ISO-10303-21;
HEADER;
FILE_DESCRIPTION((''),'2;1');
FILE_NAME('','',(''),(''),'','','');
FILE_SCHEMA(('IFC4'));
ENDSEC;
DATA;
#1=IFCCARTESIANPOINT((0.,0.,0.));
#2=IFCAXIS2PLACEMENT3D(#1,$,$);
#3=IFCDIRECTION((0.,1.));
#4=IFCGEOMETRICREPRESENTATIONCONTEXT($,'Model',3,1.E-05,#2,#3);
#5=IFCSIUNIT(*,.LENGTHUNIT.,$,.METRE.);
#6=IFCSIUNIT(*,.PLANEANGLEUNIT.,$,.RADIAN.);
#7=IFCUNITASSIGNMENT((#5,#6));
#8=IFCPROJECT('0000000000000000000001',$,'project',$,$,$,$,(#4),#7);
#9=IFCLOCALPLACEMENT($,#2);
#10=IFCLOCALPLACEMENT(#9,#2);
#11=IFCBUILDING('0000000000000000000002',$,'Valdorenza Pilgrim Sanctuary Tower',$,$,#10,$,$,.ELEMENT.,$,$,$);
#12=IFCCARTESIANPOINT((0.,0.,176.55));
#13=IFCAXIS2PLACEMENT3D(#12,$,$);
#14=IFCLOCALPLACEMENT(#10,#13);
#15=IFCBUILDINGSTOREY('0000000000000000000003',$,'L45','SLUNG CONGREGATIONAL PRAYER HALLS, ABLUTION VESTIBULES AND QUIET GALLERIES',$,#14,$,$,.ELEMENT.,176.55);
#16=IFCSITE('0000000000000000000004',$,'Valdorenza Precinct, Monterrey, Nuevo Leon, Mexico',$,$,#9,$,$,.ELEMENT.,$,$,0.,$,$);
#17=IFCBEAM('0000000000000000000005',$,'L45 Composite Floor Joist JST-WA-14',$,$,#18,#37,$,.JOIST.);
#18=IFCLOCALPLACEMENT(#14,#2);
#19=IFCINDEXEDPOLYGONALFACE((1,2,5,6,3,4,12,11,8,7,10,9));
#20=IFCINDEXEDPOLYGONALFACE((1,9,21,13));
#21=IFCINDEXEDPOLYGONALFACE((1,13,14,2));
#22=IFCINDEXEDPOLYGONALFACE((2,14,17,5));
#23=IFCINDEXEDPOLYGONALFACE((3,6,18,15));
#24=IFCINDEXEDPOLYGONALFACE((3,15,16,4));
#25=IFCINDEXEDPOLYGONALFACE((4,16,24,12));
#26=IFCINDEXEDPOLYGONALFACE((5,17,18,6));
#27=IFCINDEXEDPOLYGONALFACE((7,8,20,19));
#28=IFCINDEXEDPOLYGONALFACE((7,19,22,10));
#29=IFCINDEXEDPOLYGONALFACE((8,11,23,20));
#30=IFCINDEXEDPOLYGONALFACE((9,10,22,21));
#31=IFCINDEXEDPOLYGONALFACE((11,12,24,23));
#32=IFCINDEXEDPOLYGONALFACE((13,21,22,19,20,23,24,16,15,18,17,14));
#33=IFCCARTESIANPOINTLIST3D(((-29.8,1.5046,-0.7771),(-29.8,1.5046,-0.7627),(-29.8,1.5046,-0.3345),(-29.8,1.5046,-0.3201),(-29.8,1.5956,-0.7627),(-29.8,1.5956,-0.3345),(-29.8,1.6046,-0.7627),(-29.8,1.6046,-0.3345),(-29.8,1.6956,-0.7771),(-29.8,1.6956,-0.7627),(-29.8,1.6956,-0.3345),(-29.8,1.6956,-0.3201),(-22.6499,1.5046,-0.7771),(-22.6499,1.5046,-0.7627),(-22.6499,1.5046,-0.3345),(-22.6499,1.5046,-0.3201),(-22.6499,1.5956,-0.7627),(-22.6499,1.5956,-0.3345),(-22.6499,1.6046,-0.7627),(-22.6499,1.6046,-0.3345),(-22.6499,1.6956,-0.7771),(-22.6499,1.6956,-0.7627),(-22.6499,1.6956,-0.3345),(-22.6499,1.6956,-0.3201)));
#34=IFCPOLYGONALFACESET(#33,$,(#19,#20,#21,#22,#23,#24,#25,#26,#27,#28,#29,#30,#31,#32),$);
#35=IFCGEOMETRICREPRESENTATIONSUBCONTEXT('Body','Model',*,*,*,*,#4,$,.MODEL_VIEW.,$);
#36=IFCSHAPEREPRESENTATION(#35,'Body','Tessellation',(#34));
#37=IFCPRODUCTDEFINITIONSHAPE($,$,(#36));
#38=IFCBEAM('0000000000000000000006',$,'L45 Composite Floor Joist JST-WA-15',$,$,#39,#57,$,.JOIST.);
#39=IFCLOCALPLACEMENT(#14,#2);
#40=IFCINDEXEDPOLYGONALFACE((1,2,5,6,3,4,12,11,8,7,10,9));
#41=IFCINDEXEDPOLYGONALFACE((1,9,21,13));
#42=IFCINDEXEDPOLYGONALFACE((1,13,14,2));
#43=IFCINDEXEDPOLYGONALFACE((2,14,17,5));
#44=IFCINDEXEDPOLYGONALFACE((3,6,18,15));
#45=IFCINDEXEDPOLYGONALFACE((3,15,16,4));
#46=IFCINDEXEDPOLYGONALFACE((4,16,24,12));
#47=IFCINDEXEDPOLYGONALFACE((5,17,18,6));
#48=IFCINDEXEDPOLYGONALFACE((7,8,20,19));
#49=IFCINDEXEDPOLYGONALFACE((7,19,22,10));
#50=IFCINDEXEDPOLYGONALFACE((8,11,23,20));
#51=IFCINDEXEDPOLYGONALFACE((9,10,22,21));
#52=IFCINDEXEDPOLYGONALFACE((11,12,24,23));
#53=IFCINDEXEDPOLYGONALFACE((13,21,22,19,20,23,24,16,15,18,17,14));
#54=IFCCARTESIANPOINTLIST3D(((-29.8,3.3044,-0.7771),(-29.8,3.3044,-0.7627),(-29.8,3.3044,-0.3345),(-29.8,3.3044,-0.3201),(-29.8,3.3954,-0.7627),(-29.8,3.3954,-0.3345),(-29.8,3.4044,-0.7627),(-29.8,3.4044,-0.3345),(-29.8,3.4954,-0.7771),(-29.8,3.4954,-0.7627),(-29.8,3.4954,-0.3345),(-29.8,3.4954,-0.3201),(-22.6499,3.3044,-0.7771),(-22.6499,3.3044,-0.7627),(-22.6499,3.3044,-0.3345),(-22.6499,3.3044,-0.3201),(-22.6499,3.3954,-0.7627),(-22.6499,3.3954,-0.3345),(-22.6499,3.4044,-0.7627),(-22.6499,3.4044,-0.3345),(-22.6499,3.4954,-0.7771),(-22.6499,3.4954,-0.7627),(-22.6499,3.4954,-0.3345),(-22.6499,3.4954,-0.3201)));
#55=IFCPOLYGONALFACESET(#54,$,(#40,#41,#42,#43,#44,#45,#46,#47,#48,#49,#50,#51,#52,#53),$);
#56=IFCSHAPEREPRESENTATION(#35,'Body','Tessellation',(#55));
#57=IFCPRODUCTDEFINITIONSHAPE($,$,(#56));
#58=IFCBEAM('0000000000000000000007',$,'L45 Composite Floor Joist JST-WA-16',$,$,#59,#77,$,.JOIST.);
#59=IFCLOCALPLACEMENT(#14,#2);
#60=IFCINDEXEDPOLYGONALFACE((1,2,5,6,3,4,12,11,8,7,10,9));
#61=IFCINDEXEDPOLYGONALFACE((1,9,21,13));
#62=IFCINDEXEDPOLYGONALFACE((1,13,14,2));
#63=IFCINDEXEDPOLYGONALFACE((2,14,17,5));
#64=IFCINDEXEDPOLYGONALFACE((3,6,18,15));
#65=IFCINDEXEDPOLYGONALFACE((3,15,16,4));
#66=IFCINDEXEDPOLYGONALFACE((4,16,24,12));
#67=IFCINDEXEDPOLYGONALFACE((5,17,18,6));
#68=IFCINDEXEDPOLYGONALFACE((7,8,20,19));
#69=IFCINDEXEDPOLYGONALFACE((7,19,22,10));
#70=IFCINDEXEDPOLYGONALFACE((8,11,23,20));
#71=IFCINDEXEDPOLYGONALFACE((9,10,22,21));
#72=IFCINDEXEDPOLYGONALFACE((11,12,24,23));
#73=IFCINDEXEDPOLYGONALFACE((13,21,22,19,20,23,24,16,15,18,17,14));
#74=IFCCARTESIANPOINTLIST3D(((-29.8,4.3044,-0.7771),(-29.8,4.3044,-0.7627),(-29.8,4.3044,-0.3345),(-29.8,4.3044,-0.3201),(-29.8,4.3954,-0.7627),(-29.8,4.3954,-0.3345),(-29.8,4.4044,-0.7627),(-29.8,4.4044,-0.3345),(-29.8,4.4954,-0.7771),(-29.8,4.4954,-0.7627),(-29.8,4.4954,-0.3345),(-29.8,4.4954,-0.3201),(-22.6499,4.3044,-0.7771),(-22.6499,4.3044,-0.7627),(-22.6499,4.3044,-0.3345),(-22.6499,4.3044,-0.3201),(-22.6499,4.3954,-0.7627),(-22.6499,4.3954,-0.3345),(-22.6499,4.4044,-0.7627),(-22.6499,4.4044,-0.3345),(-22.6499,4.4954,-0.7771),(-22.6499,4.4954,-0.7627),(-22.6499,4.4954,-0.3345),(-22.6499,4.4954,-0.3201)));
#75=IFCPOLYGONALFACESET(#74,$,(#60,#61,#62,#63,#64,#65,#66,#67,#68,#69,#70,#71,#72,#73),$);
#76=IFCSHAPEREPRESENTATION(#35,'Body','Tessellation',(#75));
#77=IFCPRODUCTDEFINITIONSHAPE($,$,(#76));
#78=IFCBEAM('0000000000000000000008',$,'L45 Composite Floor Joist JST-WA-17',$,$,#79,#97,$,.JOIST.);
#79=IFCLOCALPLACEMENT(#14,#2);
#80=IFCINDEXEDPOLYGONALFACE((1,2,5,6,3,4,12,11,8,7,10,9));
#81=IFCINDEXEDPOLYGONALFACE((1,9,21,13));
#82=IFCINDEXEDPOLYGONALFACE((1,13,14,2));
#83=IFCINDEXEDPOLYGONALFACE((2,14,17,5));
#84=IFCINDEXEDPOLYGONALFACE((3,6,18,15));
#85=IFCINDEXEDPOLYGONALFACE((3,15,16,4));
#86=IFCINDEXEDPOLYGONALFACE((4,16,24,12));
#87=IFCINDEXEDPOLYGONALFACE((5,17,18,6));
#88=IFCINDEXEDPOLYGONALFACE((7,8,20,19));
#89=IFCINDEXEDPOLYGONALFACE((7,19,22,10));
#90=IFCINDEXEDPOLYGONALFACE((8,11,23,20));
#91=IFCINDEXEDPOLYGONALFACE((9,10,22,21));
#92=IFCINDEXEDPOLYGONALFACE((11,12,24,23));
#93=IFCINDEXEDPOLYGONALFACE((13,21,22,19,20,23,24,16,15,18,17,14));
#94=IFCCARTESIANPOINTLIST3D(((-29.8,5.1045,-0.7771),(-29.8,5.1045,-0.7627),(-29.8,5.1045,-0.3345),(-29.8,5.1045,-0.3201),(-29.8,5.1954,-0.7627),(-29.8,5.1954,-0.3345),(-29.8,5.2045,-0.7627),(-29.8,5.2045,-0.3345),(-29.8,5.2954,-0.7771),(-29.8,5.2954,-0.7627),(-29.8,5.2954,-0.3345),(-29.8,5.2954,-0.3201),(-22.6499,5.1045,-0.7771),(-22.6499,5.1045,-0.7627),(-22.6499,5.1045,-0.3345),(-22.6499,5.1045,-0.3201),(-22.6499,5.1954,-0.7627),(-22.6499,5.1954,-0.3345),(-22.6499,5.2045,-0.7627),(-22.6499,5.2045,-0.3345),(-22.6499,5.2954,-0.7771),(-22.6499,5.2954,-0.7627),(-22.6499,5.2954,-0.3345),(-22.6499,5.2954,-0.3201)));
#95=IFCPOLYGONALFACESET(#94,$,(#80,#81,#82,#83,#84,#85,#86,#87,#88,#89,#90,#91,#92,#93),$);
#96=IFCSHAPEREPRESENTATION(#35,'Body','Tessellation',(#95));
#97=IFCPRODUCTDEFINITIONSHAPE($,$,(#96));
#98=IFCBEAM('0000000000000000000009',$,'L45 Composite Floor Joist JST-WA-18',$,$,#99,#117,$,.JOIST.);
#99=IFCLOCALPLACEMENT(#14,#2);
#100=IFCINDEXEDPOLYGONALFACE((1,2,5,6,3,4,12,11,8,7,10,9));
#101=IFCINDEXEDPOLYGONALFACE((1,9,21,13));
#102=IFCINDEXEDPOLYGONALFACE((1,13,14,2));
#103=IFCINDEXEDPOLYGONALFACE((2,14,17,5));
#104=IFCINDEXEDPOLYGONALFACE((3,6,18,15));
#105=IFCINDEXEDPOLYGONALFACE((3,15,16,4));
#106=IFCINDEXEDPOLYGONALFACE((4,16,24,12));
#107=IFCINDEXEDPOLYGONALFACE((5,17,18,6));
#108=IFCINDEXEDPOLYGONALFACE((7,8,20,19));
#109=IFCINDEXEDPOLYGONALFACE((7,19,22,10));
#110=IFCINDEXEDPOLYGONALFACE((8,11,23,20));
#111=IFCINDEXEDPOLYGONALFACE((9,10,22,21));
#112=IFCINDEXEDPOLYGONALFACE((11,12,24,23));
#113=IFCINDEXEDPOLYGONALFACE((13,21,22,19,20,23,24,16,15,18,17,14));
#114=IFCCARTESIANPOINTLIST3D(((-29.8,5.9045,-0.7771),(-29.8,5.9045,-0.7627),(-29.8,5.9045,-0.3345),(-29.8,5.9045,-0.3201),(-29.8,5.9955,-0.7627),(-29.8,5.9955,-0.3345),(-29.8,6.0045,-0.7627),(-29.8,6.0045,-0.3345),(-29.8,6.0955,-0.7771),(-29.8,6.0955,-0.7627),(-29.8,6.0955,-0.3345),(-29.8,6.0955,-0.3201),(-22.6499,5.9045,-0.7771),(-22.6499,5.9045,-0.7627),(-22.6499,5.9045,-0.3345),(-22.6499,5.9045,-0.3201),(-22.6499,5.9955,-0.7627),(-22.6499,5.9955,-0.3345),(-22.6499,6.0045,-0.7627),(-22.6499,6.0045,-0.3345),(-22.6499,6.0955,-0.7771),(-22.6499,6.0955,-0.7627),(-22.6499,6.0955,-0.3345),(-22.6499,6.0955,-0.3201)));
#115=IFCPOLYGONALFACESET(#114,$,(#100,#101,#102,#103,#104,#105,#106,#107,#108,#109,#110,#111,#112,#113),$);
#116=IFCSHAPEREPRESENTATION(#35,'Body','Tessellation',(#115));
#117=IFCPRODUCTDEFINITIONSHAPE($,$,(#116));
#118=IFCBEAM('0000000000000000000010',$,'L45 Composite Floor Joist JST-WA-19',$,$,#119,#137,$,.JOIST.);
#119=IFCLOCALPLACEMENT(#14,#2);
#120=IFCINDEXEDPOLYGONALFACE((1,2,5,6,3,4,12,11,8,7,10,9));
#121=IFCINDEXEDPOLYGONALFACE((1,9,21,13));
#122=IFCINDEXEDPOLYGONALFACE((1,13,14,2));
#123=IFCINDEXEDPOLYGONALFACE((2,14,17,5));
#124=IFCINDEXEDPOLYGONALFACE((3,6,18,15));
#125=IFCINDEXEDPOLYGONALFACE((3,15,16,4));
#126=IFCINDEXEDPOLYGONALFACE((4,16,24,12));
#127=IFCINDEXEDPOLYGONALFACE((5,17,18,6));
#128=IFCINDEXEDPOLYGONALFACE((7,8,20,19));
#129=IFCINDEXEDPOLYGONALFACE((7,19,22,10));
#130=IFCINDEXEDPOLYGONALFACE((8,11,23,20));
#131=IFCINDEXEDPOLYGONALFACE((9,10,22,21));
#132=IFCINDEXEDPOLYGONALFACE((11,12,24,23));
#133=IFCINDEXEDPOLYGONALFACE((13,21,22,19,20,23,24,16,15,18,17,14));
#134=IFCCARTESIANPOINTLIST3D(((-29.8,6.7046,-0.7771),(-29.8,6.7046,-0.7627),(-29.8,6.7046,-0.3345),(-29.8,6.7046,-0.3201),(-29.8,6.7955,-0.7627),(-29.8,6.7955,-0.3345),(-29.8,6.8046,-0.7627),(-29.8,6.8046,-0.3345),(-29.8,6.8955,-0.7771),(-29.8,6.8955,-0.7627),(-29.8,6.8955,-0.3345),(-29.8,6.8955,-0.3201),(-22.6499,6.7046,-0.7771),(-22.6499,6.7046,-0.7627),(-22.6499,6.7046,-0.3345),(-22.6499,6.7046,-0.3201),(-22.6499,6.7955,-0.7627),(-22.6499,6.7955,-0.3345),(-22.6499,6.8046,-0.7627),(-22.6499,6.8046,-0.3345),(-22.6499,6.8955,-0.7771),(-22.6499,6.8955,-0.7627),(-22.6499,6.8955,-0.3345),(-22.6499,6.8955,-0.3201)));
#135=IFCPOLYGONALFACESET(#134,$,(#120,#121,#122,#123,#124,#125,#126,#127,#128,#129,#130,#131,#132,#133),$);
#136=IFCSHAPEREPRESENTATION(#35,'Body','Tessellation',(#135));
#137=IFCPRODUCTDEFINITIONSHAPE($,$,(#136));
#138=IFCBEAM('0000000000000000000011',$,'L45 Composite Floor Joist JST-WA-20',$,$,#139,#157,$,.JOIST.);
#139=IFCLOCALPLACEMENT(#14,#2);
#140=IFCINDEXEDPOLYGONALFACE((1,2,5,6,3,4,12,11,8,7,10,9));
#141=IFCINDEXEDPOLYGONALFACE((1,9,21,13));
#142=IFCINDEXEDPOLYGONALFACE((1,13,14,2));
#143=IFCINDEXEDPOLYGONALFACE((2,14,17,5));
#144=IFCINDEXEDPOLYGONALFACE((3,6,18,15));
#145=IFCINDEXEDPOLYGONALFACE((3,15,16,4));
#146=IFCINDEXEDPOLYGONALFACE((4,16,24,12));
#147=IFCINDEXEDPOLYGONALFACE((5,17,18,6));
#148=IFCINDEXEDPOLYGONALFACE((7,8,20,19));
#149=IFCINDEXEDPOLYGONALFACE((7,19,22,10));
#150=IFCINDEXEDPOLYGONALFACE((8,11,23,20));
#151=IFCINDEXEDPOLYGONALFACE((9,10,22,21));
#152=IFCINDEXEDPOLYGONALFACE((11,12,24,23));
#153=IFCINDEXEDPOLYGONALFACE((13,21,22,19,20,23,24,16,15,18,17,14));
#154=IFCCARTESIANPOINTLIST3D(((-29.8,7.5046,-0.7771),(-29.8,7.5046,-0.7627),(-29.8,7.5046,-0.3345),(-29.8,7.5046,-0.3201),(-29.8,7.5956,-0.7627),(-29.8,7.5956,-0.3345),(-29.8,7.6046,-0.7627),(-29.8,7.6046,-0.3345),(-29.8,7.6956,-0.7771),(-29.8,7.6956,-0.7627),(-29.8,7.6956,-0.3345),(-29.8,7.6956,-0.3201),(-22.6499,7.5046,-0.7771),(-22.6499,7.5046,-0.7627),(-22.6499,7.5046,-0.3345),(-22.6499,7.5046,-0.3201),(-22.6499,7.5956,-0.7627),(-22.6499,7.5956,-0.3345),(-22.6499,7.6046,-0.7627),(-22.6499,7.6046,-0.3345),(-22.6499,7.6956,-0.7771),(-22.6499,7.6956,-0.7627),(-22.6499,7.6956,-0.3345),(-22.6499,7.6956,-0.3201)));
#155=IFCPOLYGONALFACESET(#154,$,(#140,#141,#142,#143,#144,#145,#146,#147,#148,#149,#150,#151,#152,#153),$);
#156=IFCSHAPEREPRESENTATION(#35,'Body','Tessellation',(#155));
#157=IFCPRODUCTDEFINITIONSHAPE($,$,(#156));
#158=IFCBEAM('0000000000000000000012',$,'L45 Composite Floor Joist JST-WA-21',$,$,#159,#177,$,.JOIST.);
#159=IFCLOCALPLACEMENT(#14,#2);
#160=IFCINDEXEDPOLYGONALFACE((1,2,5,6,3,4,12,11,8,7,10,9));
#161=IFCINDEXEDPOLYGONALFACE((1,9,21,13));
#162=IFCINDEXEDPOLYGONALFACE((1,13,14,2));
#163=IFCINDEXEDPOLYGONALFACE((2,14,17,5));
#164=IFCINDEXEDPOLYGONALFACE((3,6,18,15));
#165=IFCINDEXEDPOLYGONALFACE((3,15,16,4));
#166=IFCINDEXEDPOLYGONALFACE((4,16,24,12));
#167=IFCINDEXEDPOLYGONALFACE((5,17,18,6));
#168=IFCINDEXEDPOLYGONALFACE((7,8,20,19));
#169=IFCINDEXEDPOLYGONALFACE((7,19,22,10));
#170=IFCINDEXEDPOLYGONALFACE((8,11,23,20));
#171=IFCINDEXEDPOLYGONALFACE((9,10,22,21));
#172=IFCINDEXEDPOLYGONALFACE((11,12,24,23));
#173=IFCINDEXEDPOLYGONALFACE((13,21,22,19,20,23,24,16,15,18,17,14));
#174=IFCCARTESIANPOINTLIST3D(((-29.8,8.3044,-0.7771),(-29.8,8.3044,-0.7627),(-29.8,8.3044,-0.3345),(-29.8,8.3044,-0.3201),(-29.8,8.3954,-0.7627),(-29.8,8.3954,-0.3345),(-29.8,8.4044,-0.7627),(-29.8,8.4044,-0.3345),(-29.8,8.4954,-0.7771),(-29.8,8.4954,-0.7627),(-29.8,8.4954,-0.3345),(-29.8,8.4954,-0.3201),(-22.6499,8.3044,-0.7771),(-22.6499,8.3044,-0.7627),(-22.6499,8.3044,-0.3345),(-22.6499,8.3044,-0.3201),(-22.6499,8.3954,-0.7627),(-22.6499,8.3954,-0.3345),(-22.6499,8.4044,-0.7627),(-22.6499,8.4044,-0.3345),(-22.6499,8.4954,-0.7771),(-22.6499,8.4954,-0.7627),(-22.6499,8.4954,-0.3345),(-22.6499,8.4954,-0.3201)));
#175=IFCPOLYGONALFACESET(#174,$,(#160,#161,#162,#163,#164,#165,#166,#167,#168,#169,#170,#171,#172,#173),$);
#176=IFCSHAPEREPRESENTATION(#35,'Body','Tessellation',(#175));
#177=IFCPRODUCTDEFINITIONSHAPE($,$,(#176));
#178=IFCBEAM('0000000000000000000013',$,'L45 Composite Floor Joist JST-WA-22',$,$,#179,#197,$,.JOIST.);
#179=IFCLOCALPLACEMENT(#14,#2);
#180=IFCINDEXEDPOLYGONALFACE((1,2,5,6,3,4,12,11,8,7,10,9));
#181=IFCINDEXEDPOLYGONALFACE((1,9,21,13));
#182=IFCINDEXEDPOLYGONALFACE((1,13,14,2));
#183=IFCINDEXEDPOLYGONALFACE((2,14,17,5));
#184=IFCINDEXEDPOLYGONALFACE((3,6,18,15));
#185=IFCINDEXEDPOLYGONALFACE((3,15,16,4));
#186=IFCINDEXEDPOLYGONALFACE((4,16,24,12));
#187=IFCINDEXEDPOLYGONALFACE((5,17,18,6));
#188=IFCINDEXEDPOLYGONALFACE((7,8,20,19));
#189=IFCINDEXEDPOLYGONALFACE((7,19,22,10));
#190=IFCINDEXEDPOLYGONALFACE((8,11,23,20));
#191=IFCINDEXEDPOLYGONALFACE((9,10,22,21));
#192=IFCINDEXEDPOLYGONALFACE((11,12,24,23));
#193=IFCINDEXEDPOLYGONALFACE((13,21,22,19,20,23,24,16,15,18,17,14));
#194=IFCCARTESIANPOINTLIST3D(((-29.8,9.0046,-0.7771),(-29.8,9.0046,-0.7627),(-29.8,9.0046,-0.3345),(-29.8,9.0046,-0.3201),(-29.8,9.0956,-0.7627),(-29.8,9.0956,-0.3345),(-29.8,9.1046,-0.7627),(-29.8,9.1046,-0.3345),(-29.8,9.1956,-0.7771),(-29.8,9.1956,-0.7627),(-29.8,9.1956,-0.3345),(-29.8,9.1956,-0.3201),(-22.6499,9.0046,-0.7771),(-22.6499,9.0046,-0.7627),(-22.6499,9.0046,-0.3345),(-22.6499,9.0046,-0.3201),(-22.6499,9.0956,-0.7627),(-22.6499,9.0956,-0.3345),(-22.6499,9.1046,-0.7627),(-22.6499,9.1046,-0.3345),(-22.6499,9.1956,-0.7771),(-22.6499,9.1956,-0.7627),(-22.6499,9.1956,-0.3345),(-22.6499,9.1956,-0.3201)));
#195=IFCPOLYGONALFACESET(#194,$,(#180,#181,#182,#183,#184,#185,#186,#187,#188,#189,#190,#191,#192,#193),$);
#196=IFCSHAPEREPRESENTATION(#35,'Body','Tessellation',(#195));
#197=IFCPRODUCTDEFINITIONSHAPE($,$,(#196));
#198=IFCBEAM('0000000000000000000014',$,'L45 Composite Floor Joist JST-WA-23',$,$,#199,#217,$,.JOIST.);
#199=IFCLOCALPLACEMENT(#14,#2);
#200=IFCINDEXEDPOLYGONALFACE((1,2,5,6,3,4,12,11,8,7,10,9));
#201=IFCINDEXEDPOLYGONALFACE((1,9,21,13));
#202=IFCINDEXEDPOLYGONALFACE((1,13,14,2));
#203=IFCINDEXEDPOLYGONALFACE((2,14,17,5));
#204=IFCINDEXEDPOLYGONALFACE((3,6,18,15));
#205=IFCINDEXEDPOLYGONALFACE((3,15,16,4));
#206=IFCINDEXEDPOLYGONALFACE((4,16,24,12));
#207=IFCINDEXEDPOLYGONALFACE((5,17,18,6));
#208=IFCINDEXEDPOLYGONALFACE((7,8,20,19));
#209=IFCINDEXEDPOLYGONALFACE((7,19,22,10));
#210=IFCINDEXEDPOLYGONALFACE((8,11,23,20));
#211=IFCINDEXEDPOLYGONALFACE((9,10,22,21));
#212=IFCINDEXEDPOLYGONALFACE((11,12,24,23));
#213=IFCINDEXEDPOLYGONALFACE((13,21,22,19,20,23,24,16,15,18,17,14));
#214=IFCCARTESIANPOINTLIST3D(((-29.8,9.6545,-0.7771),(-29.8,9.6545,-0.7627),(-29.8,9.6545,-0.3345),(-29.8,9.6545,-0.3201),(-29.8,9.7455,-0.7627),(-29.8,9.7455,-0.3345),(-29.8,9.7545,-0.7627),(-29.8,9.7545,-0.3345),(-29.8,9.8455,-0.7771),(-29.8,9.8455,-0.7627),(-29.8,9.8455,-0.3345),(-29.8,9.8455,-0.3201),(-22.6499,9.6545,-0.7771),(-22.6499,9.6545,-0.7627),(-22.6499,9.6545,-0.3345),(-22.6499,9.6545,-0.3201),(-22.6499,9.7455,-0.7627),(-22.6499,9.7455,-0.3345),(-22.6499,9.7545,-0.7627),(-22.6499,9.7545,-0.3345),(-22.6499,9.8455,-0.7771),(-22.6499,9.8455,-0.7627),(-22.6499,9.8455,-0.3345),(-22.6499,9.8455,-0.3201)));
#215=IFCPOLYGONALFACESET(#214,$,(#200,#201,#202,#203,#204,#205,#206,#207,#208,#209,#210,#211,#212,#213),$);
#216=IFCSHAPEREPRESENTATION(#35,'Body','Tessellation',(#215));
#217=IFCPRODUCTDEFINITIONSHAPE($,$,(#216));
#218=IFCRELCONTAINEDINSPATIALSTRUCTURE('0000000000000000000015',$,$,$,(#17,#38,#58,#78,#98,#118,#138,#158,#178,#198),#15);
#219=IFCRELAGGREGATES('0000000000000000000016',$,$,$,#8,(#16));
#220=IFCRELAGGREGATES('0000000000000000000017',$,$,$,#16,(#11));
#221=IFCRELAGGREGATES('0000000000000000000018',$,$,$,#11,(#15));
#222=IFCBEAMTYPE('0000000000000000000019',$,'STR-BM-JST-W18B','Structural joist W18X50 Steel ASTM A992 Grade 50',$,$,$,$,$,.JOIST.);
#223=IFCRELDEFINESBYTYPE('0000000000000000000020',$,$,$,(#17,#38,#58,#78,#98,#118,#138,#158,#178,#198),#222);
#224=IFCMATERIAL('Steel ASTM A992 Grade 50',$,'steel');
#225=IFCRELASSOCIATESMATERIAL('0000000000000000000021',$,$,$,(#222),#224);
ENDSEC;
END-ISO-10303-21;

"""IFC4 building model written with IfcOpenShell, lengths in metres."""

from ifc_helpers import new_model, si_unit, direction, frame, origin, origin_2d, place, context, subcontext, project, spatial, i_section, extrude, source, transform, mapped, material, material_profile, profile_set, type_object, element, save


model = new_model("IFC4")

# Units and contexts
model_context = context("Model", 3, precision=1e-05, world=origin(), true_north=direction((0.0, 1.0)))
body_context = subcontext(model_context, "Body", "Model", "MODEL_VIEW")
ifc_project = project(units=[si_unit("LENGTHUNIT", "METRE"), si_unit("PLANEANGLEUNIT", "RADIAN")], contexts=[model_context])

# Site, building, storey
site_placement = place(None, origin())
site = spatial("IfcSite", under=ifc_project, at=site_placement, Name="Valdorenza Precinct, Monterrey, Nuevo Leon, Mexico", CompositionType="ELEMENT", RefElevation=0.0)
building_placement = place(site_placement, origin())
building = spatial("IfcBuilding", under=site, at=building_placement, Name="Valdorenza Pilgrim Sanctuary Tower", CompositionType="ELEMENT")
storey_placement = place(building_placement, frame((0.0, 0.0, 176.55)))
storey = spatial("IfcBuildingStorey", under=building, at=storey_placement, Name="L45", Description="SLUNG CONGREGATIONAL PRAYER HALLS, ABLUTION VESTIBULES AND QUIET GALLERIES", CompositionType="ELEMENT", Elevation=176.55)

# Beams
ifc_material_1 = material(Name="Steel ASTM A992 Grade 50", Category="steel")
ifc_material_profile = material_profile(ifc_material_1, i_section(OverallWidth=0.1909, OverallDepth=0.457, WebThickness=0.009, FlangeThickness=0.0144, at=origin_2d()), Name="W18X50")
ifc_profile_set = profile_set([ifc_material_profile], Name="Steel ASTM A992 Grade 50")
beam_type = type_object("IfcBeamType", Name="STR-BM-JST-W18B", Description="Structural joist W18X50 Steel ASTM A992 Grade 50", PredefinedType="JOIST", material=ifc_profile_set)
shared_shape = source(origin(), body_context, "Body", "SweptSolid", [
    extrude(i_section(OverallWidth=0.1909, OverallDepth=0.457, WebThickness=0.009, FlangeThickness=0.0144, at=origin_2d()), origin(), (0.0, 0.0, 1.0), 7.1501),
])
for number, where, z_axis, x_axis, name in (
    (1, (-29.8, 1.6001, -0.5486), (1.0, 0.0, 0.0), (0.0, 1.0, 0.0), "L45 Composite Floor Joist JST-WA-14"),
    (2, (-29.8, 3.3999, -0.5486), (1.0, 0.0, 0.0), (0.0, 1.0, 0.0), "L45 Composite Floor Joist JST-WA-15"),
    (3, (-29.8, 4.3999, -0.5486), (1.0, 0.0, 0.0), (0.0, 1.0, 0.0), "L45 Composite Floor Joist JST-WA-16"),
    (4, (-29.8, 5.2, -0.5486), (1.0, 0.0, 0.0), (0.0, 1.0, 0.0), "L45 Composite Floor Joist JST-WA-17"),
    (5, (-29.8, 6.0, -0.5486), (1.0, 0.0, 0.0), (0.0, 1.0, 0.0), "L45 Composite Floor Joist JST-WA-18"),
    (6, (-29.8, 6.8, -0.5486), (1.0, 0.0, 0.0), (0.0, 1.0, 0.0), "L45 Composite Floor Joist JST-WA-19"),
    (7, (-29.8, 7.6001, -0.5486), (1.0, 0.0, 0.0), (0.0, 1.0, 0.0), "L45 Composite Floor Joist JST-WA-20"),
    (8, (-29.8, 8.3999, -0.5486), (1.0, 0.0, 0.0), (0.0, 1.0, 0.0), "L45 Composite Floor Joist JST-WA-21"),
    (9, (-29.8, 9.1001, -0.5486), (1.0, 0.0, 0.0), (0.0, 1.0, 0.0), "L45 Composite Floor Joist JST-WA-22"),
    (10, (-29.8, 9.75, -0.5486), (1.0, 0.0, 0.0), (0.0, 1.0, 0.0), "L45 Composite Floor Joist JST-WA-23"),
):
    element("IfcBeam", number, at=place(storey_placement, frame(where, z_axis=z_axis, x_axis=x_axis)), inside=storey, type_object=beam_type, Name=name, PredefinedType="JOIST", context=body_context, shape_type="MappedRepresentation", body=[
        mapped(shared_shape, transform((0.0, 0.0, 0.0), x_axis=(1.0, 0.0, 0.0), y_axis=(0.0, 1.0, 0.0), z_axis=(0.0, 0.0, 1.0), scale=1.0)),
    ])

save(model, "model.ifc")
